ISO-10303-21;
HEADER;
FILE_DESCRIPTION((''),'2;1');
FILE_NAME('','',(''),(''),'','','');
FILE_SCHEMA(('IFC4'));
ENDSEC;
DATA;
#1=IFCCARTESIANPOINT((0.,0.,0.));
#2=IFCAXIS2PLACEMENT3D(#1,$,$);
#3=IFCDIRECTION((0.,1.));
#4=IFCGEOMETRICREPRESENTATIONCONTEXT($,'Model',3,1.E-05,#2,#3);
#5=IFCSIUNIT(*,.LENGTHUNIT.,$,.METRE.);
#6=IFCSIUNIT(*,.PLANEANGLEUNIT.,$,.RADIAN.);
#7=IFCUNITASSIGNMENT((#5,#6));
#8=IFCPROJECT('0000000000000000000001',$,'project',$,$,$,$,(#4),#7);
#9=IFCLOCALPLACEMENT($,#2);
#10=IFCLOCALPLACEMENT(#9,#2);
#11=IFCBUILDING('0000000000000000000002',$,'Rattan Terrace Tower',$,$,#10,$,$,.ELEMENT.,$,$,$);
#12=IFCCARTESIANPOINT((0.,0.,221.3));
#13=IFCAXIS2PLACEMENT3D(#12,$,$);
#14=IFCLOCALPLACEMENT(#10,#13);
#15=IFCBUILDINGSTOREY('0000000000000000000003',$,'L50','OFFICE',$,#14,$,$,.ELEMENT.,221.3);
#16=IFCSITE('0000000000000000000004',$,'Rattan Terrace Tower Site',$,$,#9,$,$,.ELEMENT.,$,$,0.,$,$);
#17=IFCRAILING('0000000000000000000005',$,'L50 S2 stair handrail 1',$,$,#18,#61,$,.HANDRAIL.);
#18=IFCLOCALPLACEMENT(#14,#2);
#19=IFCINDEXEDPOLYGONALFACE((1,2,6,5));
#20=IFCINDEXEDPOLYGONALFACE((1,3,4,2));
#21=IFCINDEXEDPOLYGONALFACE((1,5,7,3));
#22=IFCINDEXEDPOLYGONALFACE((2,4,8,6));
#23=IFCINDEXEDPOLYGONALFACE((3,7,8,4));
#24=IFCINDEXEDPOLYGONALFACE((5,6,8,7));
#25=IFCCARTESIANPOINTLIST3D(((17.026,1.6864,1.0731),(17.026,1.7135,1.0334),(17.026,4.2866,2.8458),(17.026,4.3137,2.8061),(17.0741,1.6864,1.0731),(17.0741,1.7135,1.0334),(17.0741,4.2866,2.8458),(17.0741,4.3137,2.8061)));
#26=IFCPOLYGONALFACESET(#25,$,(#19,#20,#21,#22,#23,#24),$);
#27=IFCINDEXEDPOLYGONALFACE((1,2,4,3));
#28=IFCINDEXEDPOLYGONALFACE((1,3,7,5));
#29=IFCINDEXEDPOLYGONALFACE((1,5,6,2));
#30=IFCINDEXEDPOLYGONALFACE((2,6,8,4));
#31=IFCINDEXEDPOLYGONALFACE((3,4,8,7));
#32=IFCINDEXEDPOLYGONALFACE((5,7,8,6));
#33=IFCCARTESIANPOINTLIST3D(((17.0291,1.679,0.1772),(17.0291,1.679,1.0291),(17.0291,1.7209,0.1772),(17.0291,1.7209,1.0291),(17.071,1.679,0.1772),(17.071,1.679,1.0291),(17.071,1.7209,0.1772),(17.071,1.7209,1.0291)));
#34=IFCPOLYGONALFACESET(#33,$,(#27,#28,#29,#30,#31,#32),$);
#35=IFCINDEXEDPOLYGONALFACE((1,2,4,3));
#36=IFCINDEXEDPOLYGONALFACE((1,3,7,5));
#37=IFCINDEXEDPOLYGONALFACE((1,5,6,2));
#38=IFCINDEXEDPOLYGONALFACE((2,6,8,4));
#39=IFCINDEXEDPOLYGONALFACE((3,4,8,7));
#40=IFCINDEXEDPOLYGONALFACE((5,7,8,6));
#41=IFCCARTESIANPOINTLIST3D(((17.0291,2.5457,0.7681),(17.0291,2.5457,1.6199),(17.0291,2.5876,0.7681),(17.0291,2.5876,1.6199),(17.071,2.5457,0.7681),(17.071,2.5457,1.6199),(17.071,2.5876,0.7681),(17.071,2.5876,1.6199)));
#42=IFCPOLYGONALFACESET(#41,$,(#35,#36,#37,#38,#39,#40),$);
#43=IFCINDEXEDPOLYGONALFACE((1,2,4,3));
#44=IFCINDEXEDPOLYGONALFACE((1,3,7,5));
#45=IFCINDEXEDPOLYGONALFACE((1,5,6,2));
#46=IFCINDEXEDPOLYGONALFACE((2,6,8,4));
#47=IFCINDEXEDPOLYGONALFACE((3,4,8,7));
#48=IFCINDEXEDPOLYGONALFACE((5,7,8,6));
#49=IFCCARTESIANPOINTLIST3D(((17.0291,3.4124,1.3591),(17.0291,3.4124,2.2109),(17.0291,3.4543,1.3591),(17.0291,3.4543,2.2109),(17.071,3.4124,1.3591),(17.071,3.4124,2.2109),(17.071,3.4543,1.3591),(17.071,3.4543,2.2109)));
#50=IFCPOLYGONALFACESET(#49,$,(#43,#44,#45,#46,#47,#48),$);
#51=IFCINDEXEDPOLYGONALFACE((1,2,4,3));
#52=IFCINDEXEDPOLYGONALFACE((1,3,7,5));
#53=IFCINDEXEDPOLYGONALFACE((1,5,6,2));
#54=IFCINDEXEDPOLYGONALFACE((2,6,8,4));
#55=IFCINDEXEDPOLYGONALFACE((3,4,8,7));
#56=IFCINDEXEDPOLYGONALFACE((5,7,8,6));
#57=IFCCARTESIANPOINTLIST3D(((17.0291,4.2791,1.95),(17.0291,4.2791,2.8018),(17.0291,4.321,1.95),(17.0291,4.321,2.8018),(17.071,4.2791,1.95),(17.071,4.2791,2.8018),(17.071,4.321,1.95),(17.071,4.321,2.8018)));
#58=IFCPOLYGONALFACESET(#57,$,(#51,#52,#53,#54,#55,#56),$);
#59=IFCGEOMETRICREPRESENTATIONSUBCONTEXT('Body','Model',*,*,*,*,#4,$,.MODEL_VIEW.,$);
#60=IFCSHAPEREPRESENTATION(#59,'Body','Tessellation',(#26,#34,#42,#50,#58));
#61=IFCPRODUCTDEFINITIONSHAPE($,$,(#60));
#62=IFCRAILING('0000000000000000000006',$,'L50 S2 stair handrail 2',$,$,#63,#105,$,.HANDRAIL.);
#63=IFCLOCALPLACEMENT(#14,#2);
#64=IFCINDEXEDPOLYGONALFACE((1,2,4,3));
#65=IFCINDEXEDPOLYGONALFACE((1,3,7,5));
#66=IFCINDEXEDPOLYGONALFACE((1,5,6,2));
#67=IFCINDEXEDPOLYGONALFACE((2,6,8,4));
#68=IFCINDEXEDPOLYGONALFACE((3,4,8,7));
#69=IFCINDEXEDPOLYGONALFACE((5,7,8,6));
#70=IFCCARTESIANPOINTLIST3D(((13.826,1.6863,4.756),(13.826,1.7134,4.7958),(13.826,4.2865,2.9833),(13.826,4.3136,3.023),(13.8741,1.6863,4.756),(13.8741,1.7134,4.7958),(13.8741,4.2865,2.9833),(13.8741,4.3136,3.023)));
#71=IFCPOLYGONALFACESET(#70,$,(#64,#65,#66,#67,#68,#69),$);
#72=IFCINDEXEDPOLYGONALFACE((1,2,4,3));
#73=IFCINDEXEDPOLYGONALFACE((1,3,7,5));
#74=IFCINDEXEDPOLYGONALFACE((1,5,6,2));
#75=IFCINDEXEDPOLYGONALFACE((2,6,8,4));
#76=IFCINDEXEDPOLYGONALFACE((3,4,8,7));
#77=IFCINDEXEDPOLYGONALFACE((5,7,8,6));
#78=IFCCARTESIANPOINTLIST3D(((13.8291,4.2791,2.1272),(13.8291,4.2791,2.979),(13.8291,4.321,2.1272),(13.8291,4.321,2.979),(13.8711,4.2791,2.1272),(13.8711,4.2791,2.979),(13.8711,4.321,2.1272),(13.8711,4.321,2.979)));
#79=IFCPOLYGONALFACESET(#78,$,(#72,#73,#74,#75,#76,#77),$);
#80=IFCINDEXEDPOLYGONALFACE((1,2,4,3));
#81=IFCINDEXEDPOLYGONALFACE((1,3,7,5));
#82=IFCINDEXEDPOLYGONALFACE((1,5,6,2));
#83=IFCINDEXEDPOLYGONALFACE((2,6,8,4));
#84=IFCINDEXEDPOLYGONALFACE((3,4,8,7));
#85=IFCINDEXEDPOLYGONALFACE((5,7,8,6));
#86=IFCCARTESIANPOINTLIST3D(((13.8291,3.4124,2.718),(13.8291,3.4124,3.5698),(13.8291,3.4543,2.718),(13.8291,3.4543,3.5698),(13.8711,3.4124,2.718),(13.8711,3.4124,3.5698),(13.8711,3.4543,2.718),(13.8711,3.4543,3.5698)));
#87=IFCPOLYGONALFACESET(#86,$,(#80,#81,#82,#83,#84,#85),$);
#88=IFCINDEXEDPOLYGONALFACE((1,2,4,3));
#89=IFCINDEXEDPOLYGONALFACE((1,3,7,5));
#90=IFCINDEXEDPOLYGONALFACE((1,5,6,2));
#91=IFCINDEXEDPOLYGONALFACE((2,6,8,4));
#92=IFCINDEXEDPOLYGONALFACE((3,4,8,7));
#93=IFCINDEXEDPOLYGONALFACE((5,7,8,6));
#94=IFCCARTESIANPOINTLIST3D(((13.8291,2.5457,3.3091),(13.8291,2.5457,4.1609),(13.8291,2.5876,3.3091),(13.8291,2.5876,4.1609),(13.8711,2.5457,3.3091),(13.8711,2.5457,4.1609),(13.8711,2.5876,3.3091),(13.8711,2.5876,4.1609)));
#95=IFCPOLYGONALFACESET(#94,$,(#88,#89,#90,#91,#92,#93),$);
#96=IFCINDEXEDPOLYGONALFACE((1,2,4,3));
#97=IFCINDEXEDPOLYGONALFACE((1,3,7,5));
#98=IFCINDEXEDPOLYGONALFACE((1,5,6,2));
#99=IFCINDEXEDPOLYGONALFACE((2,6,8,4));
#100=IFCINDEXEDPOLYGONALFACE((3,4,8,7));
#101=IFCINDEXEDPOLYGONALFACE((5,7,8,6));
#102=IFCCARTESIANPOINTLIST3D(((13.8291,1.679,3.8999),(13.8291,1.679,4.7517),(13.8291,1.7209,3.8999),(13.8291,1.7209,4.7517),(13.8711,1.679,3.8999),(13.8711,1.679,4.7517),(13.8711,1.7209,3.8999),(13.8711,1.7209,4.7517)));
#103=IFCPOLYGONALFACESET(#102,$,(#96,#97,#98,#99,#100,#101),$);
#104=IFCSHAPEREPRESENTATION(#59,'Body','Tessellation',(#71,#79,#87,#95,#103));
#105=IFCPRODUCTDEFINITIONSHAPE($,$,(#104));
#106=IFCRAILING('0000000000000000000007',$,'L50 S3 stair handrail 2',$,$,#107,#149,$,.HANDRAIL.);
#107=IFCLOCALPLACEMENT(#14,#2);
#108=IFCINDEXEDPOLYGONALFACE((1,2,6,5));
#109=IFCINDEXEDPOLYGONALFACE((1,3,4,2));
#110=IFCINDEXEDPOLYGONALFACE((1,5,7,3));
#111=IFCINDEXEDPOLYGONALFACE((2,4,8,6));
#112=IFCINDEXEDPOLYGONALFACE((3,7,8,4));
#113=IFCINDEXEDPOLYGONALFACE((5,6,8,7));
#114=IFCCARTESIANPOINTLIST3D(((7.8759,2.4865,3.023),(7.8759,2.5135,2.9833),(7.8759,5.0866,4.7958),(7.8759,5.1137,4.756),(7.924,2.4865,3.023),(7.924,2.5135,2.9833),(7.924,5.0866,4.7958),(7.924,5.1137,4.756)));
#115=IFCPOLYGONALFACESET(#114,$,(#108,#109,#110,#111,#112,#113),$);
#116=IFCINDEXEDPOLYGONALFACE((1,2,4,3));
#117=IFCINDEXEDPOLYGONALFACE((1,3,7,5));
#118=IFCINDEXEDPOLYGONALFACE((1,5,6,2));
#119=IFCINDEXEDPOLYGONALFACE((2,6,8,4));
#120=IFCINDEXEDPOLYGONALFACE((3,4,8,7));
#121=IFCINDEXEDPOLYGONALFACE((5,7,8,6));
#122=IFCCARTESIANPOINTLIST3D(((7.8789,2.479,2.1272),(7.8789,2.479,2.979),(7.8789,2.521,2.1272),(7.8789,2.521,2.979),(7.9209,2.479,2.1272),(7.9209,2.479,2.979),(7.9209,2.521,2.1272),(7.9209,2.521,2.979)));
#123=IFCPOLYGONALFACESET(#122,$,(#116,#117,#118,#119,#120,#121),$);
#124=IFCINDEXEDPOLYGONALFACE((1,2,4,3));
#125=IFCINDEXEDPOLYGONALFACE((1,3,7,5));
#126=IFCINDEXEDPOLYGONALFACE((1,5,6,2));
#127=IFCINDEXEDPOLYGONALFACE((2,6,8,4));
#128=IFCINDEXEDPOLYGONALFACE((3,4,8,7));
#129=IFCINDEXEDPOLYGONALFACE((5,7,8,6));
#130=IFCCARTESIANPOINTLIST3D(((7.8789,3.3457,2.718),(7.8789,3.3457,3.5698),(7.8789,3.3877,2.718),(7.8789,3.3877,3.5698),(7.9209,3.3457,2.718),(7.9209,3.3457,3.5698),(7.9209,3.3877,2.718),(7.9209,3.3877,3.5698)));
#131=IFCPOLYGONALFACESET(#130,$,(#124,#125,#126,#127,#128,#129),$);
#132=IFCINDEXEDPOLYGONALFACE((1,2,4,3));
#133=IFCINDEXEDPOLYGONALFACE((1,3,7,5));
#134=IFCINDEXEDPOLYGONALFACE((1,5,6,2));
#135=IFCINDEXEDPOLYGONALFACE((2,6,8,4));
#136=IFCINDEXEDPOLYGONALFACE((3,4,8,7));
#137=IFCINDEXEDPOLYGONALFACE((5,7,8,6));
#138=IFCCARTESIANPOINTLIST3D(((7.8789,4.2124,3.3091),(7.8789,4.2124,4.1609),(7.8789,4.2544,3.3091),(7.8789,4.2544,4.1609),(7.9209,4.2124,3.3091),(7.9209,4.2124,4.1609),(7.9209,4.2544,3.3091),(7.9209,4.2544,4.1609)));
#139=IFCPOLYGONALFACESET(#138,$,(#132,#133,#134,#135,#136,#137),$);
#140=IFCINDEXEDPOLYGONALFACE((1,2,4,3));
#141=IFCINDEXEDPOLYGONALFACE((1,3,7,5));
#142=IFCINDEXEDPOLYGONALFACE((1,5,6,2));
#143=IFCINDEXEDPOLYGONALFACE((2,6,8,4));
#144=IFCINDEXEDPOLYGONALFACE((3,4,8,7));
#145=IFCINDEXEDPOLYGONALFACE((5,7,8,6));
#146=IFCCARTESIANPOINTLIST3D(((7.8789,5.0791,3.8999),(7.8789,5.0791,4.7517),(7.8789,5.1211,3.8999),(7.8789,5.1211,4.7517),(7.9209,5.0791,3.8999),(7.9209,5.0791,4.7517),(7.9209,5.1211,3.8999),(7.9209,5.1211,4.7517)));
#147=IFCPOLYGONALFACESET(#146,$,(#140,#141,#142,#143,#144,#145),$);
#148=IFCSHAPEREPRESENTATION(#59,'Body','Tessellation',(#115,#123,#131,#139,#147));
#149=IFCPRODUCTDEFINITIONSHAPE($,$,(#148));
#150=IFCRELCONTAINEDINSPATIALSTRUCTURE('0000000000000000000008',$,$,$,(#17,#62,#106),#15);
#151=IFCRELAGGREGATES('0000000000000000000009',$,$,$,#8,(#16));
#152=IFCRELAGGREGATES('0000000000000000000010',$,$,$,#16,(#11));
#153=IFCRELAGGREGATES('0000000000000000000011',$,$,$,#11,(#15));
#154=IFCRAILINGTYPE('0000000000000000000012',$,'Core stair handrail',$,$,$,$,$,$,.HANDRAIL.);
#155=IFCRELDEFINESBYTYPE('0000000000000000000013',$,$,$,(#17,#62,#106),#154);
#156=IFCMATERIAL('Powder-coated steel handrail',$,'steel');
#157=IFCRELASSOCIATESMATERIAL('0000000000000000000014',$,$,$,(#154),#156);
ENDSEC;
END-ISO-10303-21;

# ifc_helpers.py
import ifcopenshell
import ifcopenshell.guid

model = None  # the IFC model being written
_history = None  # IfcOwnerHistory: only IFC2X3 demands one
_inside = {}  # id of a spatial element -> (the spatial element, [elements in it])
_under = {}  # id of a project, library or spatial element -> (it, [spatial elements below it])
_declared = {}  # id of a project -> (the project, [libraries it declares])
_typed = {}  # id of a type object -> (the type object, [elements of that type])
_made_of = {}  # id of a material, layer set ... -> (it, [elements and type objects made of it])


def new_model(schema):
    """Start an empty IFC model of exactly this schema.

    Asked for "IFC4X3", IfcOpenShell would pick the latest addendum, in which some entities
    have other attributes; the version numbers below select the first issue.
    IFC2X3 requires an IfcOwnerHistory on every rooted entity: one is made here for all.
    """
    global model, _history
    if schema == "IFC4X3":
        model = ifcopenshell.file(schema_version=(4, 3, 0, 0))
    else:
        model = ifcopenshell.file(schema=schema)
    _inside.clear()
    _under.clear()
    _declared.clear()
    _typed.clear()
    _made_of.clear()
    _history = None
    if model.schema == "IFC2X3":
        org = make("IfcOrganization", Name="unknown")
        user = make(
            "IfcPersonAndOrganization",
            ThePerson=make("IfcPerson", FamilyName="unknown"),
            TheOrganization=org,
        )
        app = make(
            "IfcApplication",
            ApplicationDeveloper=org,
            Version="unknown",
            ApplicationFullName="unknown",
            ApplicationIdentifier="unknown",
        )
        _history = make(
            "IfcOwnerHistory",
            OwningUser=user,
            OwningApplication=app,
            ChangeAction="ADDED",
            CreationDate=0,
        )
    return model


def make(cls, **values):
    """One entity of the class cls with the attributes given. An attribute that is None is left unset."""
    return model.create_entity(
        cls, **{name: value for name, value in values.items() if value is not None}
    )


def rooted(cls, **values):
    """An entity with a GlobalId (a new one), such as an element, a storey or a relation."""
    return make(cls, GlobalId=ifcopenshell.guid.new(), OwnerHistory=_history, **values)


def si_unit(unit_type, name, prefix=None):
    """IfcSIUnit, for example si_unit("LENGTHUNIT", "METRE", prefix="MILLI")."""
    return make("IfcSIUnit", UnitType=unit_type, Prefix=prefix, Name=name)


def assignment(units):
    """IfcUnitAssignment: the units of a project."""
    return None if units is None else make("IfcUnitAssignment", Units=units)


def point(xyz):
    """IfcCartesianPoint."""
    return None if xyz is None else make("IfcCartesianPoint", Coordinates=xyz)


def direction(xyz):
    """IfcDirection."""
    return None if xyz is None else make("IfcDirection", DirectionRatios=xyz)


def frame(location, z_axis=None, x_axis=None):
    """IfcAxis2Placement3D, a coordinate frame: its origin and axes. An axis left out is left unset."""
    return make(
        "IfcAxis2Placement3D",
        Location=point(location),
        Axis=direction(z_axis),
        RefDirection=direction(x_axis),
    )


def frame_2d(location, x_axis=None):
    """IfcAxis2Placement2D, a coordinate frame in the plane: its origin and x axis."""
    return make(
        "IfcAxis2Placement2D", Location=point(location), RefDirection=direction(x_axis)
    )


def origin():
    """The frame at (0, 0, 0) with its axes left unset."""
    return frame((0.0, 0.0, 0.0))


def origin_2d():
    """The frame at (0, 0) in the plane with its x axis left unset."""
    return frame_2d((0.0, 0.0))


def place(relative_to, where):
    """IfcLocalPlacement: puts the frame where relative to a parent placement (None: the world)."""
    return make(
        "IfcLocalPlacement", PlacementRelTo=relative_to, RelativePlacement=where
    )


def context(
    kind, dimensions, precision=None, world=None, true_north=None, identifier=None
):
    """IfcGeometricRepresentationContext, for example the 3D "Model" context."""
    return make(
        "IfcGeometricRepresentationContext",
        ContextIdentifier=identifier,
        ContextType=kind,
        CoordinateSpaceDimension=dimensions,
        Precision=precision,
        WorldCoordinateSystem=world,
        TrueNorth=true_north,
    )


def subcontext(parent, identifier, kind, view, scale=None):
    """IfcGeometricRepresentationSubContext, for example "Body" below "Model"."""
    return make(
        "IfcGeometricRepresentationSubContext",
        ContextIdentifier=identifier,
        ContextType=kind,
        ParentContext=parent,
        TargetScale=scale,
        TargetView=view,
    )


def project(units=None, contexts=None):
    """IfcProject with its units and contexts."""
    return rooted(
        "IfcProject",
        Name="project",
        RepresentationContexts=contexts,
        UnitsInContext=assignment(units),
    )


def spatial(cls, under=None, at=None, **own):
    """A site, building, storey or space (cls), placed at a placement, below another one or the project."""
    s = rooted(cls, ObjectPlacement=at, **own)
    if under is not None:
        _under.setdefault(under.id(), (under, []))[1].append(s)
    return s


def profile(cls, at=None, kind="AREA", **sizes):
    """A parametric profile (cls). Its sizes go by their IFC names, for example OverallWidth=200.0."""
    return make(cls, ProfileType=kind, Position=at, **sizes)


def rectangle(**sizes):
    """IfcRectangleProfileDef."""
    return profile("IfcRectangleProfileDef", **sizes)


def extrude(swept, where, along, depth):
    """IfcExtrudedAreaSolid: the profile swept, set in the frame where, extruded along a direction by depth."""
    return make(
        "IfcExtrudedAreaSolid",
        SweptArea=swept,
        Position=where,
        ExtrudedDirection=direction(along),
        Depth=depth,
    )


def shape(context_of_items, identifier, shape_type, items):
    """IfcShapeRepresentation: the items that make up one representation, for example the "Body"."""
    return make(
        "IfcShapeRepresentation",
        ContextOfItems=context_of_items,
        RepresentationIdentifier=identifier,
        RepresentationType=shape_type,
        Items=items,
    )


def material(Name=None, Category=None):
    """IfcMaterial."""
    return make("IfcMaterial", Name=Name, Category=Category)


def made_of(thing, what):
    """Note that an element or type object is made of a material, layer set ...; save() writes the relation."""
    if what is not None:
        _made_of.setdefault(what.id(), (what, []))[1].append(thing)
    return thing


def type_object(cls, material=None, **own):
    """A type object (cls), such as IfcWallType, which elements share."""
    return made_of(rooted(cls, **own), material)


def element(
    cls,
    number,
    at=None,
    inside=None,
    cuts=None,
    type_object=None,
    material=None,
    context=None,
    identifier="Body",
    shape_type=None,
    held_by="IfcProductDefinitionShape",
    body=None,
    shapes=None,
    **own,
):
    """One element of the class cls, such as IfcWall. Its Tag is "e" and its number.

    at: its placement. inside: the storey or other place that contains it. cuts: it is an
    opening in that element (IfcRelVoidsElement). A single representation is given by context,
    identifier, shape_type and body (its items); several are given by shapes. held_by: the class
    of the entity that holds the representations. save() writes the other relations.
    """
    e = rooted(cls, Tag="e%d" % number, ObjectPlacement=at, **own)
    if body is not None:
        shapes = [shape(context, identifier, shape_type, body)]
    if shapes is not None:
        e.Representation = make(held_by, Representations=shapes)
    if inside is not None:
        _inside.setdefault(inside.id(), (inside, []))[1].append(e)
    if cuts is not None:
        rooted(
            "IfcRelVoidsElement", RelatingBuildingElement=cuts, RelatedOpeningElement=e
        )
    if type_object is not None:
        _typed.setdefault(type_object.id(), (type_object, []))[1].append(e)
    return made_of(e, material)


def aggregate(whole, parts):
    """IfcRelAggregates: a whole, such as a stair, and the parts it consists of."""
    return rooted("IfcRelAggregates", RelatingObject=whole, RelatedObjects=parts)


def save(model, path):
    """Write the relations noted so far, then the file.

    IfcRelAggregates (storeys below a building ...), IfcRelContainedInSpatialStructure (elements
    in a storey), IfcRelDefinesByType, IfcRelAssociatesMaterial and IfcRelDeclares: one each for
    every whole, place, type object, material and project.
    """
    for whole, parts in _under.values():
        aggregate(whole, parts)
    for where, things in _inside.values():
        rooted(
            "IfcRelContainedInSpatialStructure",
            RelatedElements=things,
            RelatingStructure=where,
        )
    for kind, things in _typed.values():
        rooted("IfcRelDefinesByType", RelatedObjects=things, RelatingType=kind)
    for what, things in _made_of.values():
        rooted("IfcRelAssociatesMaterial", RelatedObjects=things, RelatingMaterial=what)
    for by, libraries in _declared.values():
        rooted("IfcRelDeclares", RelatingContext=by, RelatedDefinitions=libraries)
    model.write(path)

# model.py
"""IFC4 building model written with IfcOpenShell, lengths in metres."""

from ifc_helpers import new_model, si_unit, direction, frame, origin, origin_2d, place, context, subcontext, project, spatial, rectangle, extrude, material, type_object, element, save


model = new_model("IFC4")

# Units and contexts
model_context = context("Model", 3, precision=1e-05, world=origin(), true_north=direction((0.0, 1.0)))
body_context = subcontext(model_context, "Body", "Model", "MODEL_VIEW")
ifc_project = project(units=[si_unit("LENGTHUNIT", "METRE"), si_unit("PLANEANGLEUNIT", "RADIAN")], contexts=[model_context])

# Site, building, storey
site_placement = place(None, origin())
site = spatial("IfcSite", under=ifc_project, at=site_placement, Name="Rattan Terrace Tower Site", CompositionType="ELEMENT", RefElevation=0.0)
building_placement = place(site_placement, origin())
building = spatial("IfcBuilding", under=site, at=building_placement, Name="Rattan Terrace Tower", CompositionType="ELEMENT")
storey_placement = place(building_placement, frame((0.0, 0.0, 221.3)))
storey = spatial("IfcBuildingStorey", under=building, at=storey_placement, Name="L50", Description="OFFICE", CompositionType="ELEMENT", Elevation=221.3)

# Railings
ifc_material_1 = material(Name="Powder-coated steel handrail", Category="steel")
railing_type_1 = type_object("IfcRailingType", Name="Core stair handrail", PredefinedType="HANDRAIL", material=ifc_material_1)
railing_1_placement = place(storey_placement, frame((17.05, 1.7, 0.1772)))
element("IfcRailing", 1, at=railing_1_placement, inside=storey, type_object=railing_type_1, Name="L50 S2 stair handrail 1", PredefinedType="HANDRAIL", context=body_context, shape_type="SweptSolid", body=[
    extrude(rectangle(XDim=0.0481, YDim=0.0481, at=origin_2d()), frame((0.0, 0.0, 0.876), z_axis=(0.0, 0.82624, 0.563318), x_axis=(-1.0, 0.0, 0.0)), (0.0, 0.0, 1.0), 3.147),
    extrude(rectangle(XDim=0.042, YDim=0.042, at=origin_2d()), origin(), (0.0, 0.0, 1.0), 0.8518),
    extrude(rectangle(XDim=0.042, YDim=0.042, at=origin_2d()), frame((0.0, 0.8667, 0.5908)), (0.0, 0.0, 1.0), 0.8518),
    extrude(rectangle(XDim=0.042, YDim=0.042, at=origin_2d()), frame((0.0, 1.7334, 1.1819)), (0.0, 0.0, 1.0), 0.8518),
    extrude(rectangle(XDim=0.042, YDim=0.042, at=origin_2d()), frame((0.0, 2.6001, 1.7727)), (0.0, 0.0, 1.0), 0.8518),
])
railing_2_placement = place(storey_placement, frame((13.8501, 4.3, 2.1272)))
element("IfcRailing", 2, at=railing_2_placement, inside=storey, type_object=railing_type_1, Name="L50 S2 stair handrail 2", PredefinedType="HANDRAIL", context=body_context, shape_type="SweptSolid", body=[
    extrude(rectangle(XDim=0.0481, YDim=0.0481, at=origin_2d()), frame((0.0, 0.0, 0.876), z_axis=(0.0, -0.82624, 0.563318), x_axis=(1.0, 0.0, 0.0)), (0.0, 0.0, 1.0), 3.147),
    extrude(rectangle(XDim=0.042, YDim=0.042, at=origin_2d()), origin(), (0.0, 0.0, 1.0), 0.8518),
    extrude(rectangle(XDim=0.042, YDim=0.042, at=origin_2d()), frame((0.0, -0.8667, 0.5908)), (0.0, 0.0, 1.0), 0.8518),
    extrude(rectangle(XDim=0.042, YDim=0.042, at=origin_2d()), frame((0.0, -1.7334, 1.1819)), (0.0, 0.0, 1.0), 0.8518),
    extrude(rectangle(XDim=0.042, YDim=0.042, at=origin_2d()), frame((0.0, -2.6001, 1.7727)), (0.0, 0.0, 1.0), 0.8518),
])
railing_3_placement = place(storey_placement, frame((7.8999, 2.5, 2.1272)))
element("IfcRailing", 3, at=railing_3_placement, inside=storey, type_object=railing_type_1, Name="L50 S3 stair handrail 2", PredefinedType="HANDRAIL", context=body_context, shape_type="SweptSolid", body=[
    extrude(rectangle(XDim=0.0481, YDim=0.0481, at=origin_2d()), frame((0.0, 0.0, 0.876), z_axis=(0.0, 0.82624, 0.563318), x_axis=(-1.0, 0.0, 0.0)), (0.0, 0.0, 1.0), 3.147),
    extrude(rectangle(XDim=0.042, YDim=0.042, at=origin_2d()), origin(), (0.0, 0.0, 1.0), 0.8518),
    extrude(rectangle(XDim=0.042, YDim=0.042, at=origin_2d()), frame((0.0, 0.8667, 0.5908)), (0.0, 0.0, 1.0), 0.8518),
    extrude(rectangle(XDim=0.042, YDim=0.042, at=origin_2d()), frame((0.0, 1.7334, 1.1819)), (0.0, 0.0, 1.0), 0.8518),
    extrude(rectangle(XDim=0.042, YDim=0.042, at=origin_2d()), frame((0.0, 2.6001, 1.7727)), (0.0, 0.0, 1.0), 0.8518),
])

save(model, "model.ifc")
